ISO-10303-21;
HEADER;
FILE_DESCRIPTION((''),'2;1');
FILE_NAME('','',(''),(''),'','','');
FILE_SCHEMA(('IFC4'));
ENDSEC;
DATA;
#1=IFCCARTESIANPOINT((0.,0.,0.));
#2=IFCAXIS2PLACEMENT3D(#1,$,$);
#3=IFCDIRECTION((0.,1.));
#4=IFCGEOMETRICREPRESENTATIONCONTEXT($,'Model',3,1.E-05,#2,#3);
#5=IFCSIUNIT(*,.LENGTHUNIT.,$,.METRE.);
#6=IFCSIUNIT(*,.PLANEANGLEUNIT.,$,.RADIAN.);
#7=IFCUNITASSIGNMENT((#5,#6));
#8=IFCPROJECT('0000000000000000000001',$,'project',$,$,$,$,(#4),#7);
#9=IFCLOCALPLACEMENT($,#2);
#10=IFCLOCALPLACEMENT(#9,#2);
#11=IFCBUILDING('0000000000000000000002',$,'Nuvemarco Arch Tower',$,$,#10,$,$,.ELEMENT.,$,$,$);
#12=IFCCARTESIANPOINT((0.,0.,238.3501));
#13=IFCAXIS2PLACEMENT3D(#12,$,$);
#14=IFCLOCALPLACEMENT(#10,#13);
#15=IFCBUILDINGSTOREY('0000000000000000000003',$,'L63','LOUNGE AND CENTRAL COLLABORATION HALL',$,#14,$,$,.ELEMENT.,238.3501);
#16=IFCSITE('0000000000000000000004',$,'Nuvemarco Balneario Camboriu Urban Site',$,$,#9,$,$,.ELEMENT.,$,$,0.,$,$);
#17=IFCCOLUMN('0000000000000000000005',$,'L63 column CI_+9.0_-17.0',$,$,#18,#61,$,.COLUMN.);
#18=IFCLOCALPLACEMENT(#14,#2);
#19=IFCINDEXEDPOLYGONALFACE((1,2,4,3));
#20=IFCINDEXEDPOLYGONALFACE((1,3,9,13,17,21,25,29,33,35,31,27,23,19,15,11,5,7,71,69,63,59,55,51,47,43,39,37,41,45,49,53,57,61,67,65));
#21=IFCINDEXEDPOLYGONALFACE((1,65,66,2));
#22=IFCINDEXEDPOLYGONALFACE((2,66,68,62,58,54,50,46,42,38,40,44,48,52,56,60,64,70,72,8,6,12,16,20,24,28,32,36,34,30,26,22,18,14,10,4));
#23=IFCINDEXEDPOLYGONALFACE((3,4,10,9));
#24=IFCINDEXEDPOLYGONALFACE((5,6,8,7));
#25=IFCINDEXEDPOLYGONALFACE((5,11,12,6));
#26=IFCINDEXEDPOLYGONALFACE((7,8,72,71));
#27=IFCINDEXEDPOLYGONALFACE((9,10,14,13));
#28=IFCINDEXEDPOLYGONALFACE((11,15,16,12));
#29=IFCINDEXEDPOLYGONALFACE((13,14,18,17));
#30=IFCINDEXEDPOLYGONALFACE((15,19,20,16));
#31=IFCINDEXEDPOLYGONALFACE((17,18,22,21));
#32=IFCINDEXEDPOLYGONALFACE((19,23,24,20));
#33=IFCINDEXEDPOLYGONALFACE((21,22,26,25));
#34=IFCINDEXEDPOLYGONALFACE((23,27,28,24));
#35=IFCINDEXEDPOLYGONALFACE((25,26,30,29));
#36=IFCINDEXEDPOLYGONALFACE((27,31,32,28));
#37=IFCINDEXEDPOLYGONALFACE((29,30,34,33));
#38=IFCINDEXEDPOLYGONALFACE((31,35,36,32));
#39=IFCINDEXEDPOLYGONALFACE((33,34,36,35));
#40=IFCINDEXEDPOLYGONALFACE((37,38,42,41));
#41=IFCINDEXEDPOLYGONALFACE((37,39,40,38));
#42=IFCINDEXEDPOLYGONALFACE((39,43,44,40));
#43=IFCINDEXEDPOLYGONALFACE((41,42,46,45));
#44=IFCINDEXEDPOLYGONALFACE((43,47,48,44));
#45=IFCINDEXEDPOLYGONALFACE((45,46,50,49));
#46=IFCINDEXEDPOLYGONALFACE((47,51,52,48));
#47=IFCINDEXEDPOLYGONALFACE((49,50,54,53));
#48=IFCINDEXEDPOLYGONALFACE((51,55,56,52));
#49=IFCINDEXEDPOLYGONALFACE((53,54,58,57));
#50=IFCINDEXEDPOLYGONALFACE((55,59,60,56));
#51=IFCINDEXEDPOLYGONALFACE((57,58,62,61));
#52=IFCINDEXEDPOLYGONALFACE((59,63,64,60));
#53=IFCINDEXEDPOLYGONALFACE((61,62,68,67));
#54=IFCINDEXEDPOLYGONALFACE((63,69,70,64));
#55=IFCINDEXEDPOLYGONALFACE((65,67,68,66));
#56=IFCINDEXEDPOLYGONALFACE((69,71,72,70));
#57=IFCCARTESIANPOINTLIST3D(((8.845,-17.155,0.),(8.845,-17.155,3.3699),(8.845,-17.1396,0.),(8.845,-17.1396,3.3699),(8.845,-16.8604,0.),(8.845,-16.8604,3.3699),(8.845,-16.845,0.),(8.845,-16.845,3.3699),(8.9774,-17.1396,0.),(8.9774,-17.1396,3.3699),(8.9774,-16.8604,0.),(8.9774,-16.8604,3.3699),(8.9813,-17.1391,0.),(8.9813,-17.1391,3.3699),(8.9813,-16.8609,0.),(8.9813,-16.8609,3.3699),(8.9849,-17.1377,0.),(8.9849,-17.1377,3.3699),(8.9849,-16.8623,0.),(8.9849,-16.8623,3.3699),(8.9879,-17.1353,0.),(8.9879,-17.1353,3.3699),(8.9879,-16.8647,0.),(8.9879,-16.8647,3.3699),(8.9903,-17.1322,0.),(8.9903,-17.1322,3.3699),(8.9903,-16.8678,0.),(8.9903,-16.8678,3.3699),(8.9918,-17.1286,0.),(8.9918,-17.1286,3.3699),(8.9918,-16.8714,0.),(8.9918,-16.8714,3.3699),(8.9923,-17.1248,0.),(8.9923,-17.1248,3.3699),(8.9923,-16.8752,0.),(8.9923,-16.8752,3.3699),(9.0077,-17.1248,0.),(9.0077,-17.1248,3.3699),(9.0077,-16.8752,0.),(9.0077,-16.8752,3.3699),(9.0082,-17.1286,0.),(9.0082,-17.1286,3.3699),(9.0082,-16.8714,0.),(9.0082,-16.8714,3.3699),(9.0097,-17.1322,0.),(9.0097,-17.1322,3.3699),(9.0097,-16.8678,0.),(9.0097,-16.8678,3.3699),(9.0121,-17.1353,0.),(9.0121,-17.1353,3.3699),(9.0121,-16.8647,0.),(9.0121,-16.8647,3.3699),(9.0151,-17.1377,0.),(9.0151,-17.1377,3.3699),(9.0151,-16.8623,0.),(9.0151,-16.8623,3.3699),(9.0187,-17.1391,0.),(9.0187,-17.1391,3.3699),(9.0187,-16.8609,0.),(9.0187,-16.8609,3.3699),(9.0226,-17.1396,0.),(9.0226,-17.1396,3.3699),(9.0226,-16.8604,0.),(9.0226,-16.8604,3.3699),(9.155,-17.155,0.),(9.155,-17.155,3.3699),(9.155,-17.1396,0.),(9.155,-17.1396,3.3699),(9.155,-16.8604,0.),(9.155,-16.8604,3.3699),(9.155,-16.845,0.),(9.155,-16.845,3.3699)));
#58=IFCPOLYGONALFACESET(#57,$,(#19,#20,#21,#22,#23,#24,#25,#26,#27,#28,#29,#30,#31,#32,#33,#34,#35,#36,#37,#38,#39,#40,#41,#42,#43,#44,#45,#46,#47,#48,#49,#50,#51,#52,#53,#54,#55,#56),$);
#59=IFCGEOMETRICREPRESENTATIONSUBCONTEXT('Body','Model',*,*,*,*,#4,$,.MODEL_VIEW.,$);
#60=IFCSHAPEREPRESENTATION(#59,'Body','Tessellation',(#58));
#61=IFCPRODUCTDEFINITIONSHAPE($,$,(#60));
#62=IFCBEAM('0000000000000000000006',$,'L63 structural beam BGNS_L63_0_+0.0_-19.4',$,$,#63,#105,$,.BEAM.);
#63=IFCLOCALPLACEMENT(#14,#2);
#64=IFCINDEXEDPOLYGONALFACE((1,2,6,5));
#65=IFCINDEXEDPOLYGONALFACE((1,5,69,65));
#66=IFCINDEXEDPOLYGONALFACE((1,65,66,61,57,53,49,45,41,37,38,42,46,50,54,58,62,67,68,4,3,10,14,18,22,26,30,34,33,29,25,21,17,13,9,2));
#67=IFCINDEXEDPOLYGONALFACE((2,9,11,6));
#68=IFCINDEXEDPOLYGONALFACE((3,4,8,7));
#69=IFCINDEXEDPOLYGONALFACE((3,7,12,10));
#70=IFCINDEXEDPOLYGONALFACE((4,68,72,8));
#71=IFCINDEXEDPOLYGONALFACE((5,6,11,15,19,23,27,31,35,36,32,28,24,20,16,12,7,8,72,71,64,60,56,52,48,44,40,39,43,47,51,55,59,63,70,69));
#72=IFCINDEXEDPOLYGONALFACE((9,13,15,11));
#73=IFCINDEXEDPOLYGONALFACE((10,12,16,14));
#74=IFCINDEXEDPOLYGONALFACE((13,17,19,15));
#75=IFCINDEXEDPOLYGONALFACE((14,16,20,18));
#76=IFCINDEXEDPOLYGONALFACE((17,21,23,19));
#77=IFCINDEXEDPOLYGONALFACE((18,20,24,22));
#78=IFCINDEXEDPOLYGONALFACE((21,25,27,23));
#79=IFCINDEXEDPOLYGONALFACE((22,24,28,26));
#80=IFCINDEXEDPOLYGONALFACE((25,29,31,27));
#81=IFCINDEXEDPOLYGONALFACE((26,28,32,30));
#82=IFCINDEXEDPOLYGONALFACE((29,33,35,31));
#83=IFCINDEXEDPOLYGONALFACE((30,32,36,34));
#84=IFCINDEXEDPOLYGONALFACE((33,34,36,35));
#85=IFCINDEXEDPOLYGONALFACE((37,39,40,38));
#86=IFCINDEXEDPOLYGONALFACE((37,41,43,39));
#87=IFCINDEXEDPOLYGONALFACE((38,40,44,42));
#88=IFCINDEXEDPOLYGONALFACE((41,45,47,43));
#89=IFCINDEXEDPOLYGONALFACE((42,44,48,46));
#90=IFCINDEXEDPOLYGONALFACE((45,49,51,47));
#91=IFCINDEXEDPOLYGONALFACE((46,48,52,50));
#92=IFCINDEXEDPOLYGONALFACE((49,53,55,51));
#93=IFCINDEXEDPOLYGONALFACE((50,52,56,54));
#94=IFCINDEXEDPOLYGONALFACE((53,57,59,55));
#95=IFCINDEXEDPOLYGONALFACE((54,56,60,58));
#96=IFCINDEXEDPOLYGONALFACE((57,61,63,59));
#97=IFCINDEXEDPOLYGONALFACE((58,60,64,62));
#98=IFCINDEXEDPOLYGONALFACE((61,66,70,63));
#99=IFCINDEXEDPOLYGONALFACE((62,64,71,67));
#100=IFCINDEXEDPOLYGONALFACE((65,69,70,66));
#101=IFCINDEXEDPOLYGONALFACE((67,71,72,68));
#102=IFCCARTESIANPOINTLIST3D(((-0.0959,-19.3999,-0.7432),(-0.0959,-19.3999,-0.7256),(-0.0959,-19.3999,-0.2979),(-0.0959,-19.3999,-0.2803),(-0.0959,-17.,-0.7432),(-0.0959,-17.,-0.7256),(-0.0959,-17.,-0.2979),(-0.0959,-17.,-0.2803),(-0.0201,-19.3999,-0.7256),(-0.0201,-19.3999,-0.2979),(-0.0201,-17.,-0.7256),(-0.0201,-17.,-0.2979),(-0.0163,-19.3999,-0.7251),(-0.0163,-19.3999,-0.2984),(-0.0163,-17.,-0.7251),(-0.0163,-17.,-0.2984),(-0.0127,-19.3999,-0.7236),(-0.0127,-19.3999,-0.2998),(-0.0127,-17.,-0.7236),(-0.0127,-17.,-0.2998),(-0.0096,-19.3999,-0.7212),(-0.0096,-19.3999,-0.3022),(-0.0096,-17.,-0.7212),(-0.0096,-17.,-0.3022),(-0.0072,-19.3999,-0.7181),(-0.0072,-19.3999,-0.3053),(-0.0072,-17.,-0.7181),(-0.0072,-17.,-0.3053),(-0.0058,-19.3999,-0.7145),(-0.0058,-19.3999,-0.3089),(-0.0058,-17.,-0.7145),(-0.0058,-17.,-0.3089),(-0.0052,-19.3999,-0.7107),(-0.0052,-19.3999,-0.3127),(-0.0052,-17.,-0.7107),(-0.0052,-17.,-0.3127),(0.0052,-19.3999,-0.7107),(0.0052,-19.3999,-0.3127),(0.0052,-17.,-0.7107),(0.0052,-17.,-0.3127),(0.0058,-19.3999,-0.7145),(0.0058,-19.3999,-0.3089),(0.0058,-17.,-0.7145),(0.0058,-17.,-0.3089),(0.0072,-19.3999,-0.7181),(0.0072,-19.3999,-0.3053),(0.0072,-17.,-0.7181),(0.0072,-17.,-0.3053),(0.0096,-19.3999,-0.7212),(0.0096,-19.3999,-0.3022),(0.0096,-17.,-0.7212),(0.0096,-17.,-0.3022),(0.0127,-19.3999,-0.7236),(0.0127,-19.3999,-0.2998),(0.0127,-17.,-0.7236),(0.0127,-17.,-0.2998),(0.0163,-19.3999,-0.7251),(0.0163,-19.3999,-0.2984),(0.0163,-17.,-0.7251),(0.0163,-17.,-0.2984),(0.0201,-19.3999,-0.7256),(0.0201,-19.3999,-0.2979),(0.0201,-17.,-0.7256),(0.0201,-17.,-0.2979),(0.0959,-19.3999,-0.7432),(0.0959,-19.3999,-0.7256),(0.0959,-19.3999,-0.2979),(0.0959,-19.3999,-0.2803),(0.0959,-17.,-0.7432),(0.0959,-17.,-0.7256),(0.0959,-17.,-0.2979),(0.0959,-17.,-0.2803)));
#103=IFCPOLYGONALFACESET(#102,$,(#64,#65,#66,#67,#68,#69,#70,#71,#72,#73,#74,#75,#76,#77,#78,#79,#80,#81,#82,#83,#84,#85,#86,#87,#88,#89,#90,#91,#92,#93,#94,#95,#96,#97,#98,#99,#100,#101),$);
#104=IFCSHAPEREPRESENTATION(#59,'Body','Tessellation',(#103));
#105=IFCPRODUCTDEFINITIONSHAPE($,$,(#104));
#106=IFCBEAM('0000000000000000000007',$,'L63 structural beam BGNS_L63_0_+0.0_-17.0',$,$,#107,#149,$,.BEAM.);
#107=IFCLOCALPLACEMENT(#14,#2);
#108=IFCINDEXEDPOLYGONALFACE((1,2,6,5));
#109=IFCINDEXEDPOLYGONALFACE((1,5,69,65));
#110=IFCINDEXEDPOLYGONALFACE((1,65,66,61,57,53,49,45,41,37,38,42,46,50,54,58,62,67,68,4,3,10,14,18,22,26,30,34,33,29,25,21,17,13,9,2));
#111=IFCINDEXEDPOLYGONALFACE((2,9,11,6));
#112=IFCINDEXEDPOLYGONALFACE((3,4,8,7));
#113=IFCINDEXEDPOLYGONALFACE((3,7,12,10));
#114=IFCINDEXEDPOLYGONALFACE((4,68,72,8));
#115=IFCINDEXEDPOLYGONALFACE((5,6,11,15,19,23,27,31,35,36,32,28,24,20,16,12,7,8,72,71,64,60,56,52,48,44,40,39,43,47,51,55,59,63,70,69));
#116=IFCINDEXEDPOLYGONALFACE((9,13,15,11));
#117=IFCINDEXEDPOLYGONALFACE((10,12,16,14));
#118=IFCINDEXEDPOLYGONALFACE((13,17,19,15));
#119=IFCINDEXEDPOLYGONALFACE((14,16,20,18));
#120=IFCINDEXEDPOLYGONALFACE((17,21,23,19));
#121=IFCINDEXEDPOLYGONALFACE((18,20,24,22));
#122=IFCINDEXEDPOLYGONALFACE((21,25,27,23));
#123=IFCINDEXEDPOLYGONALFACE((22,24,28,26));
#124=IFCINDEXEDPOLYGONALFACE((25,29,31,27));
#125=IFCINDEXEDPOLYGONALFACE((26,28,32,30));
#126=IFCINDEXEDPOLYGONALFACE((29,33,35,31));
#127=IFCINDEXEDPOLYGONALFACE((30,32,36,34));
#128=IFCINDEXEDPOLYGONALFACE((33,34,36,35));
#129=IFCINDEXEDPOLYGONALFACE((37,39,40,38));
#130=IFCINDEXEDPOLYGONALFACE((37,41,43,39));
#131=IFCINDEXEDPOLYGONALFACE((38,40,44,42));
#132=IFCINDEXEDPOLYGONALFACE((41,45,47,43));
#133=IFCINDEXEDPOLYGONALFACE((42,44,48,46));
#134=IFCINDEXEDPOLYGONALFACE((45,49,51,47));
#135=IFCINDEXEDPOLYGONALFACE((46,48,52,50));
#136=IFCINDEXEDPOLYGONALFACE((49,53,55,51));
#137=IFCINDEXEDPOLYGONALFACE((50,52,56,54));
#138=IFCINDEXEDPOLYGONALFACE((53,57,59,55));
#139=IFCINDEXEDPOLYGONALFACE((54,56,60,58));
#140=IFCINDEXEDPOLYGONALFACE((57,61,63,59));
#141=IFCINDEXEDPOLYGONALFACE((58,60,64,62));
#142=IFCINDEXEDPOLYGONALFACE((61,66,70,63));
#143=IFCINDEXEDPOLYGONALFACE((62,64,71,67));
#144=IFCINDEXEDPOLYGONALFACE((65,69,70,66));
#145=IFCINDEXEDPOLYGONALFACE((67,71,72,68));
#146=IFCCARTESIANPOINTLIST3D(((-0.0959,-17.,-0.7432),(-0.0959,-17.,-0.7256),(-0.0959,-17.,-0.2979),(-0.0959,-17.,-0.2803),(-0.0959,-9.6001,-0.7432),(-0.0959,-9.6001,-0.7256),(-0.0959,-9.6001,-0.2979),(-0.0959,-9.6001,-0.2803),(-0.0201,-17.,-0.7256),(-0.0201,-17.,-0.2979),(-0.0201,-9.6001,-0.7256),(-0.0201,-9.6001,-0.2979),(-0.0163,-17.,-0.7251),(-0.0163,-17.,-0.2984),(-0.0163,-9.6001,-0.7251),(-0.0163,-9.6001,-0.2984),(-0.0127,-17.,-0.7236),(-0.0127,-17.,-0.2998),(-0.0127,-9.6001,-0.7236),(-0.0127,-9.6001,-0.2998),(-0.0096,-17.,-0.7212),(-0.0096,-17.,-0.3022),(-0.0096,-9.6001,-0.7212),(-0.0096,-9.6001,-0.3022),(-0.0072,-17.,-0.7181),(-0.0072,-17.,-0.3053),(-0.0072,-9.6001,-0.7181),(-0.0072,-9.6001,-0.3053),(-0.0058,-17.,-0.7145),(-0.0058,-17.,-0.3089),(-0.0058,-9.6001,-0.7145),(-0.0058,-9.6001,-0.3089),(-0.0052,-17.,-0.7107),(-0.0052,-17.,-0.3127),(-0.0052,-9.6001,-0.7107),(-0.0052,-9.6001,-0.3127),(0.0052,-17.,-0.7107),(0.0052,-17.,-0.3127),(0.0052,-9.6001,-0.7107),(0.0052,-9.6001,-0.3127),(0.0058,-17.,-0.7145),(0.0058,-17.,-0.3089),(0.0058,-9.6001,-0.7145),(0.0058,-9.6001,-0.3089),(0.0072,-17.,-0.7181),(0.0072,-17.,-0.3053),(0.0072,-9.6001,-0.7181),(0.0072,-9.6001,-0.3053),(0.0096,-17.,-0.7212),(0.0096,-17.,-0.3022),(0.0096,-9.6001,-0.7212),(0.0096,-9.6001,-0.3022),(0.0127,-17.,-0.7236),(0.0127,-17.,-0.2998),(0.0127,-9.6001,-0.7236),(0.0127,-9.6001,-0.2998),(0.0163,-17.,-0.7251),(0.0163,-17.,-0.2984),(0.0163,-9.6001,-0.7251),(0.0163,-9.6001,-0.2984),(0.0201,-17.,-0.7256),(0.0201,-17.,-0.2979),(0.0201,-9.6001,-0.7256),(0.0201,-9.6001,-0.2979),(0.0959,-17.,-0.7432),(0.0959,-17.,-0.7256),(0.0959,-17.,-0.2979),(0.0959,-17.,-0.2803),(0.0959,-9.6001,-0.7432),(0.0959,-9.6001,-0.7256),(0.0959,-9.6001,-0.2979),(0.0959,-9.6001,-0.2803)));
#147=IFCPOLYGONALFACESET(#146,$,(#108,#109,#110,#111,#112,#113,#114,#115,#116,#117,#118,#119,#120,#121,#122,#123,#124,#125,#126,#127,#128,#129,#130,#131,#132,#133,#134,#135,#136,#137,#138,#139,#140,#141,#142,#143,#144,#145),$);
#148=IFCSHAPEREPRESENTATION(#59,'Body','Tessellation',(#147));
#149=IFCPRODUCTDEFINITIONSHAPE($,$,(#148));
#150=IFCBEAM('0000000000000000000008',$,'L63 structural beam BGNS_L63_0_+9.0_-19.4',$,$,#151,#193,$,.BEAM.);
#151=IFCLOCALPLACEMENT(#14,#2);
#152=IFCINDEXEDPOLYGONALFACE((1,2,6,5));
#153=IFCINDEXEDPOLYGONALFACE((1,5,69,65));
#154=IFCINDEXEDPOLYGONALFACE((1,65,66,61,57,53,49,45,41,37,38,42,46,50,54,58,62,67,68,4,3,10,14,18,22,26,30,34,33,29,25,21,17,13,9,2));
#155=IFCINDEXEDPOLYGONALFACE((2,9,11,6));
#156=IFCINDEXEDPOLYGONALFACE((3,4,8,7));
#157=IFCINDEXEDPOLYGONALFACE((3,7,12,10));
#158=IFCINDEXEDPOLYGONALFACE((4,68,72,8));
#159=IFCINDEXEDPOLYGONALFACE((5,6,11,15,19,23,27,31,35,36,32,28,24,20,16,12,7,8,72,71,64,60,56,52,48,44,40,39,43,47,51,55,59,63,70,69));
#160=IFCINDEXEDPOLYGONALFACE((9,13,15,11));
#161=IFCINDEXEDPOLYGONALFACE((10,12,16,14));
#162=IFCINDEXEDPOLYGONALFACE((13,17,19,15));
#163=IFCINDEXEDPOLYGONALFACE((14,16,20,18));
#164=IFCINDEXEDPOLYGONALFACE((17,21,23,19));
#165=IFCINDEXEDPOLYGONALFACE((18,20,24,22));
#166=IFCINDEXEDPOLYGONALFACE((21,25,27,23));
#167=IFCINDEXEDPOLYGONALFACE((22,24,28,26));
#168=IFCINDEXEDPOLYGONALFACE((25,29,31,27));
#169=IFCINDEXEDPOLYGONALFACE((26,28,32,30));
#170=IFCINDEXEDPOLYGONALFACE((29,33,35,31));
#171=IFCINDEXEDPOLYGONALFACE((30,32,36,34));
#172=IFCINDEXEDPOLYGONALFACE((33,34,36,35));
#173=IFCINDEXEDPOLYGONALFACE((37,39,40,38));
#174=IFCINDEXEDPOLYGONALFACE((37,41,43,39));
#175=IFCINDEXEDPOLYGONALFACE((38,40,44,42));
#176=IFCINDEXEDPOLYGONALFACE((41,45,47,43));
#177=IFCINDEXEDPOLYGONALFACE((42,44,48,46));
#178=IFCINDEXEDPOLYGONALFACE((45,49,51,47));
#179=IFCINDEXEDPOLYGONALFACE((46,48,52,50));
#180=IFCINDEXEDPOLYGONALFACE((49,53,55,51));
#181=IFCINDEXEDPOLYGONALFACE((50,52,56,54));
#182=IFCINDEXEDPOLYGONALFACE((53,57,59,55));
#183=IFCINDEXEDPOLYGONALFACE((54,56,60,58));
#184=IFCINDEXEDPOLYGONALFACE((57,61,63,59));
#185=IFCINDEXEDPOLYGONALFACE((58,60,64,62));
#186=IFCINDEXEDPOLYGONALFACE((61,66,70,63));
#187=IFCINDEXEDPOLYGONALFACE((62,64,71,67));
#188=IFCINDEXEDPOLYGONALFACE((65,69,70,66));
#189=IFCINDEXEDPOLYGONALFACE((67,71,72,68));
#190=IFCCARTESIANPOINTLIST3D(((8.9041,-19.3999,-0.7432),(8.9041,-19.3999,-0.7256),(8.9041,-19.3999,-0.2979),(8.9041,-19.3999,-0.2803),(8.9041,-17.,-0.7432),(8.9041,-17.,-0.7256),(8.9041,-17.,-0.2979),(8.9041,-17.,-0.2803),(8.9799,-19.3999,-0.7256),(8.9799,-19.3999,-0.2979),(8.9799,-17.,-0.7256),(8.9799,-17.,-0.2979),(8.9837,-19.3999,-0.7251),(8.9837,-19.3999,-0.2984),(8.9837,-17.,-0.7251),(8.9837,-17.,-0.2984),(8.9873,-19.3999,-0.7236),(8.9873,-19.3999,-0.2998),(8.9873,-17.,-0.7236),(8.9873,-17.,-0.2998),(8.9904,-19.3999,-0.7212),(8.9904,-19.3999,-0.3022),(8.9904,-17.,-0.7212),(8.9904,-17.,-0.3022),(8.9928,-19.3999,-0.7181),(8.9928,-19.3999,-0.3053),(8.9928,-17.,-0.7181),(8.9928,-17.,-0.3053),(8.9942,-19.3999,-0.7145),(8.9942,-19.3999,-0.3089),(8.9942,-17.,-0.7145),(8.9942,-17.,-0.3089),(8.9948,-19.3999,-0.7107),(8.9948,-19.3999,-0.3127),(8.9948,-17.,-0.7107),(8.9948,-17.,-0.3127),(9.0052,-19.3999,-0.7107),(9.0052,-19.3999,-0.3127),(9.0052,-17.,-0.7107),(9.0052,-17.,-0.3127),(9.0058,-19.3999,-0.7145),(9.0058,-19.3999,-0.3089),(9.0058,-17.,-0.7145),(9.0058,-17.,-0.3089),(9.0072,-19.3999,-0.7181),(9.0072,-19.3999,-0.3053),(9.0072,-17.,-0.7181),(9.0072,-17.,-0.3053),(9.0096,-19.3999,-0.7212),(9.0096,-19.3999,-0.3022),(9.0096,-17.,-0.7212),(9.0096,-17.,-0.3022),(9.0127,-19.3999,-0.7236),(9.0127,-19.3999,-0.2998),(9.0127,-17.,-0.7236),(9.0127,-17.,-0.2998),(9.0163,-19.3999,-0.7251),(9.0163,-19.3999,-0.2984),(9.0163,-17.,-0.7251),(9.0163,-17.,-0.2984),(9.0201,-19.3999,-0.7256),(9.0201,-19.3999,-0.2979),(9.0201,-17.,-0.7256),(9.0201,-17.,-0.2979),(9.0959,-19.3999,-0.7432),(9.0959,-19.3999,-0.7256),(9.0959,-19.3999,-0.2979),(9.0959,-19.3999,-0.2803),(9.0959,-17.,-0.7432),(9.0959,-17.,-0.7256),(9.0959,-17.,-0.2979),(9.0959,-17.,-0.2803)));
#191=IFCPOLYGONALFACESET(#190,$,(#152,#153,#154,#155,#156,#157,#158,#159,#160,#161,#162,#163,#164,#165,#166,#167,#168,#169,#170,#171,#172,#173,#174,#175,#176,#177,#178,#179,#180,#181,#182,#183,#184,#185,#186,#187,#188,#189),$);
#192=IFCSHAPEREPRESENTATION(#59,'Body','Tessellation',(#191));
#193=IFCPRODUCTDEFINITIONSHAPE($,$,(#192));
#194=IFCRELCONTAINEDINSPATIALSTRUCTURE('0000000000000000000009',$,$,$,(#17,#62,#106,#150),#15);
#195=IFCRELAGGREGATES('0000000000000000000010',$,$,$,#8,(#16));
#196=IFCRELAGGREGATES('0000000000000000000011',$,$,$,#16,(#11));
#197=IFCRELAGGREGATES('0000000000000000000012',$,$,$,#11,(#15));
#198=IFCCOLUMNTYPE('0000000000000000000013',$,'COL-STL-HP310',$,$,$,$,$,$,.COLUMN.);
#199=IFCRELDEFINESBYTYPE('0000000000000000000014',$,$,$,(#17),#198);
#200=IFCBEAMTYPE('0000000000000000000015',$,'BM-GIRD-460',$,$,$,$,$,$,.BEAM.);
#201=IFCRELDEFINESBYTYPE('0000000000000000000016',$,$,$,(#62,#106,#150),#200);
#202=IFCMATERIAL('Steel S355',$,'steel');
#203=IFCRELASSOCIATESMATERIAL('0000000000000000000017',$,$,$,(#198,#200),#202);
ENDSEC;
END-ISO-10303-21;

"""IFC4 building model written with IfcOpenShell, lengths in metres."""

from ifc_helpers import new_model, si_unit, direction, frame, origin, origin_2d, place, context, subcontext, project, spatial, i_section, extrude, material, material_profile, profile_set, type_object, element, save


model = new_model("IFC4")

# Units and contexts
model_context = context("Model", 3, precision=1e-05, world=origin(), true_north=direction((0.0, 1.0)))
body_context = subcontext(model_context, "Body", "Model", "MODEL_VIEW")
ifc_project = project(units=[si_unit("LENGTHUNIT", "METRE"), si_unit("PLANEANGLEUNIT", "RADIAN")], contexts=[model_context])

# Site, building, storey
site_placement = place(None, origin())
site = spatial("IfcSite", under=ifc_project, at=site_placement, Name="Nuvemarco Balneario Camboriu Urban Site", CompositionType="ELEMENT", RefElevation=0.0)
building_placement = place(site_placement, origin())
building = spatial("IfcBuilding", under=site, at=building_placement, Name="Nuvemarco Arch Tower", CompositionType="ELEMENT")
storey_placement = place(building_placement, frame((0.0, 0.0, 238.3501)))
storey = spatial("IfcBuildingStorey", under=building, at=storey_placement, Name="L63", Description="LOUNGE AND CENTRAL COLLABORATION HALL", CompositionType="ELEMENT", Elevation=238.3501)

# Column
ifc_material_1 = material(Name="Steel S355", Category="steel")
ifc_material_profile_1 = material_profile(ifc_material_1, i_section(OverallWidth=0.3101, OverallDepth=0.3101, WebThickness=0.0154, FlangeThickness=0.0154, FilletRadius=0.0149, at=origin_2d()), Name="HP310x110")
ifc_profile_set_1 = profile_set([ifc_material_profile_1], Name="Steel S355")
column_type_1 = type_object("IfcColumnType", Name="COL-STL-HP310", PredefinedType="COLUMN", material=ifc_profile_set_1)
for number, where, z_axis, x_axis, name in (
    (1, (9.0, -17.0, 0.0), (0.0, 0.0, 1.0), (1.0, 0.0, 0.0), "L63 column CI_+9.0_-17.0"),
):
    element("IfcColumn", number, at=place(storey_placement, frame(where, z_axis=z_axis, x_axis=x_axis)), inside=storey, type_object=column_type_1, Name=name, PredefinedType="COLUMN", context=body_context, shape_type="SweptSolid", body=[
        extrude(i_section(OverallWidth=0.3101, OverallDepth=0.3101, WebThickness=0.0154, FlangeThickness=0.0154, FilletRadius=0.0149, at=origin_2d()), origin(), (0.0, 0.0, 1.0), 3.3699),
    ])

# Beams
ifc_material_profile_2 = material_profile(ifc_material_1, i_section(OverallWidth=0.1919, OverallDepth=0.4629, WebThickness=0.0105, FlangeThickness=0.0176, FilletRadius=0.0149, at=origin_2d()), Name="W460x89")
ifc_profile_set_2 = profile_set([ifc_material_profile_2], Name="Steel S355")
beam_type_1 = type_object("IfcBeamType", Name="BM-GIRD-460", PredefinedType="BEAM", material=ifc_profile_set_2)
beam_1_placement = place(storey_placement, frame((0.0, -19.3999, -0.5117), z_axis=(0.0, 1.0, 0.0), x_axis=(-1.0, 0.0, 0.0)))
element("IfcBeam", 2, at=beam_1_placement, inside=storey, type_object=beam_type_1, Name="L63 structural beam BGNS_L63_0_+0.0_-19.4", PredefinedType="BEAM", context=body_context, shape_type="SweptSolid", body=[
    extrude(i_section(OverallWidth=0.1919, OverallDepth=0.4629, WebThickness=0.0105, FlangeThickness=0.0176, FilletRadius=0.0149, at=origin_2d()), origin(), (0.0, 0.0, 1.0), 2.3999),
])
beam_2_placement = place(storey_placement, frame((0.0, -17.0, -0.5117), z_axis=(0.0, 1.0, 0.0), x_axis=(-1.0, 0.0, 0.0)))
element("IfcBeam", 3, at=beam_2_placement, inside=storey, type_object=beam_type_1, Name="L63 structural beam BGNS_L63_0_+0.0_-17.0", PredefinedType="BEAM", context=body_context, shape_type="SweptSolid", body=[
    extrude(i_section(OverallWidth=0.1919, OverallDepth=0.4629, WebThickness=0.0105, FlangeThickness=0.0176, FilletRadius=0.0149, at=origin_2d()), origin(), (0.0, 0.0, 1.0), 7.3999),
])
beam_3_placement = place(storey_placement, frame((9.0, -19.3999, -0.5117), z_axis=(0.0, 1.0, 0.0), x_axis=(-1.0, 0.0, 0.0)))
element("IfcBeam", 4, at=beam_3_placement, inside=storey, type_object=beam_type_1, Name="L63 structural beam BGNS_L63_0_+9.0_-19.4", PredefinedType="BEAM", context=body_context, shape_type="SweptSolid", body=[
    extrude(i_section(OverallWidth=0.1919, OverallDepth=0.4629, WebThickness=0.0105, FlangeThickness=0.0176, FilletRadius=0.0149, at=origin_2d()), origin(), (0.0, 0.0, 1.0), 2.3999),
])

save(model, "model.ifc")
